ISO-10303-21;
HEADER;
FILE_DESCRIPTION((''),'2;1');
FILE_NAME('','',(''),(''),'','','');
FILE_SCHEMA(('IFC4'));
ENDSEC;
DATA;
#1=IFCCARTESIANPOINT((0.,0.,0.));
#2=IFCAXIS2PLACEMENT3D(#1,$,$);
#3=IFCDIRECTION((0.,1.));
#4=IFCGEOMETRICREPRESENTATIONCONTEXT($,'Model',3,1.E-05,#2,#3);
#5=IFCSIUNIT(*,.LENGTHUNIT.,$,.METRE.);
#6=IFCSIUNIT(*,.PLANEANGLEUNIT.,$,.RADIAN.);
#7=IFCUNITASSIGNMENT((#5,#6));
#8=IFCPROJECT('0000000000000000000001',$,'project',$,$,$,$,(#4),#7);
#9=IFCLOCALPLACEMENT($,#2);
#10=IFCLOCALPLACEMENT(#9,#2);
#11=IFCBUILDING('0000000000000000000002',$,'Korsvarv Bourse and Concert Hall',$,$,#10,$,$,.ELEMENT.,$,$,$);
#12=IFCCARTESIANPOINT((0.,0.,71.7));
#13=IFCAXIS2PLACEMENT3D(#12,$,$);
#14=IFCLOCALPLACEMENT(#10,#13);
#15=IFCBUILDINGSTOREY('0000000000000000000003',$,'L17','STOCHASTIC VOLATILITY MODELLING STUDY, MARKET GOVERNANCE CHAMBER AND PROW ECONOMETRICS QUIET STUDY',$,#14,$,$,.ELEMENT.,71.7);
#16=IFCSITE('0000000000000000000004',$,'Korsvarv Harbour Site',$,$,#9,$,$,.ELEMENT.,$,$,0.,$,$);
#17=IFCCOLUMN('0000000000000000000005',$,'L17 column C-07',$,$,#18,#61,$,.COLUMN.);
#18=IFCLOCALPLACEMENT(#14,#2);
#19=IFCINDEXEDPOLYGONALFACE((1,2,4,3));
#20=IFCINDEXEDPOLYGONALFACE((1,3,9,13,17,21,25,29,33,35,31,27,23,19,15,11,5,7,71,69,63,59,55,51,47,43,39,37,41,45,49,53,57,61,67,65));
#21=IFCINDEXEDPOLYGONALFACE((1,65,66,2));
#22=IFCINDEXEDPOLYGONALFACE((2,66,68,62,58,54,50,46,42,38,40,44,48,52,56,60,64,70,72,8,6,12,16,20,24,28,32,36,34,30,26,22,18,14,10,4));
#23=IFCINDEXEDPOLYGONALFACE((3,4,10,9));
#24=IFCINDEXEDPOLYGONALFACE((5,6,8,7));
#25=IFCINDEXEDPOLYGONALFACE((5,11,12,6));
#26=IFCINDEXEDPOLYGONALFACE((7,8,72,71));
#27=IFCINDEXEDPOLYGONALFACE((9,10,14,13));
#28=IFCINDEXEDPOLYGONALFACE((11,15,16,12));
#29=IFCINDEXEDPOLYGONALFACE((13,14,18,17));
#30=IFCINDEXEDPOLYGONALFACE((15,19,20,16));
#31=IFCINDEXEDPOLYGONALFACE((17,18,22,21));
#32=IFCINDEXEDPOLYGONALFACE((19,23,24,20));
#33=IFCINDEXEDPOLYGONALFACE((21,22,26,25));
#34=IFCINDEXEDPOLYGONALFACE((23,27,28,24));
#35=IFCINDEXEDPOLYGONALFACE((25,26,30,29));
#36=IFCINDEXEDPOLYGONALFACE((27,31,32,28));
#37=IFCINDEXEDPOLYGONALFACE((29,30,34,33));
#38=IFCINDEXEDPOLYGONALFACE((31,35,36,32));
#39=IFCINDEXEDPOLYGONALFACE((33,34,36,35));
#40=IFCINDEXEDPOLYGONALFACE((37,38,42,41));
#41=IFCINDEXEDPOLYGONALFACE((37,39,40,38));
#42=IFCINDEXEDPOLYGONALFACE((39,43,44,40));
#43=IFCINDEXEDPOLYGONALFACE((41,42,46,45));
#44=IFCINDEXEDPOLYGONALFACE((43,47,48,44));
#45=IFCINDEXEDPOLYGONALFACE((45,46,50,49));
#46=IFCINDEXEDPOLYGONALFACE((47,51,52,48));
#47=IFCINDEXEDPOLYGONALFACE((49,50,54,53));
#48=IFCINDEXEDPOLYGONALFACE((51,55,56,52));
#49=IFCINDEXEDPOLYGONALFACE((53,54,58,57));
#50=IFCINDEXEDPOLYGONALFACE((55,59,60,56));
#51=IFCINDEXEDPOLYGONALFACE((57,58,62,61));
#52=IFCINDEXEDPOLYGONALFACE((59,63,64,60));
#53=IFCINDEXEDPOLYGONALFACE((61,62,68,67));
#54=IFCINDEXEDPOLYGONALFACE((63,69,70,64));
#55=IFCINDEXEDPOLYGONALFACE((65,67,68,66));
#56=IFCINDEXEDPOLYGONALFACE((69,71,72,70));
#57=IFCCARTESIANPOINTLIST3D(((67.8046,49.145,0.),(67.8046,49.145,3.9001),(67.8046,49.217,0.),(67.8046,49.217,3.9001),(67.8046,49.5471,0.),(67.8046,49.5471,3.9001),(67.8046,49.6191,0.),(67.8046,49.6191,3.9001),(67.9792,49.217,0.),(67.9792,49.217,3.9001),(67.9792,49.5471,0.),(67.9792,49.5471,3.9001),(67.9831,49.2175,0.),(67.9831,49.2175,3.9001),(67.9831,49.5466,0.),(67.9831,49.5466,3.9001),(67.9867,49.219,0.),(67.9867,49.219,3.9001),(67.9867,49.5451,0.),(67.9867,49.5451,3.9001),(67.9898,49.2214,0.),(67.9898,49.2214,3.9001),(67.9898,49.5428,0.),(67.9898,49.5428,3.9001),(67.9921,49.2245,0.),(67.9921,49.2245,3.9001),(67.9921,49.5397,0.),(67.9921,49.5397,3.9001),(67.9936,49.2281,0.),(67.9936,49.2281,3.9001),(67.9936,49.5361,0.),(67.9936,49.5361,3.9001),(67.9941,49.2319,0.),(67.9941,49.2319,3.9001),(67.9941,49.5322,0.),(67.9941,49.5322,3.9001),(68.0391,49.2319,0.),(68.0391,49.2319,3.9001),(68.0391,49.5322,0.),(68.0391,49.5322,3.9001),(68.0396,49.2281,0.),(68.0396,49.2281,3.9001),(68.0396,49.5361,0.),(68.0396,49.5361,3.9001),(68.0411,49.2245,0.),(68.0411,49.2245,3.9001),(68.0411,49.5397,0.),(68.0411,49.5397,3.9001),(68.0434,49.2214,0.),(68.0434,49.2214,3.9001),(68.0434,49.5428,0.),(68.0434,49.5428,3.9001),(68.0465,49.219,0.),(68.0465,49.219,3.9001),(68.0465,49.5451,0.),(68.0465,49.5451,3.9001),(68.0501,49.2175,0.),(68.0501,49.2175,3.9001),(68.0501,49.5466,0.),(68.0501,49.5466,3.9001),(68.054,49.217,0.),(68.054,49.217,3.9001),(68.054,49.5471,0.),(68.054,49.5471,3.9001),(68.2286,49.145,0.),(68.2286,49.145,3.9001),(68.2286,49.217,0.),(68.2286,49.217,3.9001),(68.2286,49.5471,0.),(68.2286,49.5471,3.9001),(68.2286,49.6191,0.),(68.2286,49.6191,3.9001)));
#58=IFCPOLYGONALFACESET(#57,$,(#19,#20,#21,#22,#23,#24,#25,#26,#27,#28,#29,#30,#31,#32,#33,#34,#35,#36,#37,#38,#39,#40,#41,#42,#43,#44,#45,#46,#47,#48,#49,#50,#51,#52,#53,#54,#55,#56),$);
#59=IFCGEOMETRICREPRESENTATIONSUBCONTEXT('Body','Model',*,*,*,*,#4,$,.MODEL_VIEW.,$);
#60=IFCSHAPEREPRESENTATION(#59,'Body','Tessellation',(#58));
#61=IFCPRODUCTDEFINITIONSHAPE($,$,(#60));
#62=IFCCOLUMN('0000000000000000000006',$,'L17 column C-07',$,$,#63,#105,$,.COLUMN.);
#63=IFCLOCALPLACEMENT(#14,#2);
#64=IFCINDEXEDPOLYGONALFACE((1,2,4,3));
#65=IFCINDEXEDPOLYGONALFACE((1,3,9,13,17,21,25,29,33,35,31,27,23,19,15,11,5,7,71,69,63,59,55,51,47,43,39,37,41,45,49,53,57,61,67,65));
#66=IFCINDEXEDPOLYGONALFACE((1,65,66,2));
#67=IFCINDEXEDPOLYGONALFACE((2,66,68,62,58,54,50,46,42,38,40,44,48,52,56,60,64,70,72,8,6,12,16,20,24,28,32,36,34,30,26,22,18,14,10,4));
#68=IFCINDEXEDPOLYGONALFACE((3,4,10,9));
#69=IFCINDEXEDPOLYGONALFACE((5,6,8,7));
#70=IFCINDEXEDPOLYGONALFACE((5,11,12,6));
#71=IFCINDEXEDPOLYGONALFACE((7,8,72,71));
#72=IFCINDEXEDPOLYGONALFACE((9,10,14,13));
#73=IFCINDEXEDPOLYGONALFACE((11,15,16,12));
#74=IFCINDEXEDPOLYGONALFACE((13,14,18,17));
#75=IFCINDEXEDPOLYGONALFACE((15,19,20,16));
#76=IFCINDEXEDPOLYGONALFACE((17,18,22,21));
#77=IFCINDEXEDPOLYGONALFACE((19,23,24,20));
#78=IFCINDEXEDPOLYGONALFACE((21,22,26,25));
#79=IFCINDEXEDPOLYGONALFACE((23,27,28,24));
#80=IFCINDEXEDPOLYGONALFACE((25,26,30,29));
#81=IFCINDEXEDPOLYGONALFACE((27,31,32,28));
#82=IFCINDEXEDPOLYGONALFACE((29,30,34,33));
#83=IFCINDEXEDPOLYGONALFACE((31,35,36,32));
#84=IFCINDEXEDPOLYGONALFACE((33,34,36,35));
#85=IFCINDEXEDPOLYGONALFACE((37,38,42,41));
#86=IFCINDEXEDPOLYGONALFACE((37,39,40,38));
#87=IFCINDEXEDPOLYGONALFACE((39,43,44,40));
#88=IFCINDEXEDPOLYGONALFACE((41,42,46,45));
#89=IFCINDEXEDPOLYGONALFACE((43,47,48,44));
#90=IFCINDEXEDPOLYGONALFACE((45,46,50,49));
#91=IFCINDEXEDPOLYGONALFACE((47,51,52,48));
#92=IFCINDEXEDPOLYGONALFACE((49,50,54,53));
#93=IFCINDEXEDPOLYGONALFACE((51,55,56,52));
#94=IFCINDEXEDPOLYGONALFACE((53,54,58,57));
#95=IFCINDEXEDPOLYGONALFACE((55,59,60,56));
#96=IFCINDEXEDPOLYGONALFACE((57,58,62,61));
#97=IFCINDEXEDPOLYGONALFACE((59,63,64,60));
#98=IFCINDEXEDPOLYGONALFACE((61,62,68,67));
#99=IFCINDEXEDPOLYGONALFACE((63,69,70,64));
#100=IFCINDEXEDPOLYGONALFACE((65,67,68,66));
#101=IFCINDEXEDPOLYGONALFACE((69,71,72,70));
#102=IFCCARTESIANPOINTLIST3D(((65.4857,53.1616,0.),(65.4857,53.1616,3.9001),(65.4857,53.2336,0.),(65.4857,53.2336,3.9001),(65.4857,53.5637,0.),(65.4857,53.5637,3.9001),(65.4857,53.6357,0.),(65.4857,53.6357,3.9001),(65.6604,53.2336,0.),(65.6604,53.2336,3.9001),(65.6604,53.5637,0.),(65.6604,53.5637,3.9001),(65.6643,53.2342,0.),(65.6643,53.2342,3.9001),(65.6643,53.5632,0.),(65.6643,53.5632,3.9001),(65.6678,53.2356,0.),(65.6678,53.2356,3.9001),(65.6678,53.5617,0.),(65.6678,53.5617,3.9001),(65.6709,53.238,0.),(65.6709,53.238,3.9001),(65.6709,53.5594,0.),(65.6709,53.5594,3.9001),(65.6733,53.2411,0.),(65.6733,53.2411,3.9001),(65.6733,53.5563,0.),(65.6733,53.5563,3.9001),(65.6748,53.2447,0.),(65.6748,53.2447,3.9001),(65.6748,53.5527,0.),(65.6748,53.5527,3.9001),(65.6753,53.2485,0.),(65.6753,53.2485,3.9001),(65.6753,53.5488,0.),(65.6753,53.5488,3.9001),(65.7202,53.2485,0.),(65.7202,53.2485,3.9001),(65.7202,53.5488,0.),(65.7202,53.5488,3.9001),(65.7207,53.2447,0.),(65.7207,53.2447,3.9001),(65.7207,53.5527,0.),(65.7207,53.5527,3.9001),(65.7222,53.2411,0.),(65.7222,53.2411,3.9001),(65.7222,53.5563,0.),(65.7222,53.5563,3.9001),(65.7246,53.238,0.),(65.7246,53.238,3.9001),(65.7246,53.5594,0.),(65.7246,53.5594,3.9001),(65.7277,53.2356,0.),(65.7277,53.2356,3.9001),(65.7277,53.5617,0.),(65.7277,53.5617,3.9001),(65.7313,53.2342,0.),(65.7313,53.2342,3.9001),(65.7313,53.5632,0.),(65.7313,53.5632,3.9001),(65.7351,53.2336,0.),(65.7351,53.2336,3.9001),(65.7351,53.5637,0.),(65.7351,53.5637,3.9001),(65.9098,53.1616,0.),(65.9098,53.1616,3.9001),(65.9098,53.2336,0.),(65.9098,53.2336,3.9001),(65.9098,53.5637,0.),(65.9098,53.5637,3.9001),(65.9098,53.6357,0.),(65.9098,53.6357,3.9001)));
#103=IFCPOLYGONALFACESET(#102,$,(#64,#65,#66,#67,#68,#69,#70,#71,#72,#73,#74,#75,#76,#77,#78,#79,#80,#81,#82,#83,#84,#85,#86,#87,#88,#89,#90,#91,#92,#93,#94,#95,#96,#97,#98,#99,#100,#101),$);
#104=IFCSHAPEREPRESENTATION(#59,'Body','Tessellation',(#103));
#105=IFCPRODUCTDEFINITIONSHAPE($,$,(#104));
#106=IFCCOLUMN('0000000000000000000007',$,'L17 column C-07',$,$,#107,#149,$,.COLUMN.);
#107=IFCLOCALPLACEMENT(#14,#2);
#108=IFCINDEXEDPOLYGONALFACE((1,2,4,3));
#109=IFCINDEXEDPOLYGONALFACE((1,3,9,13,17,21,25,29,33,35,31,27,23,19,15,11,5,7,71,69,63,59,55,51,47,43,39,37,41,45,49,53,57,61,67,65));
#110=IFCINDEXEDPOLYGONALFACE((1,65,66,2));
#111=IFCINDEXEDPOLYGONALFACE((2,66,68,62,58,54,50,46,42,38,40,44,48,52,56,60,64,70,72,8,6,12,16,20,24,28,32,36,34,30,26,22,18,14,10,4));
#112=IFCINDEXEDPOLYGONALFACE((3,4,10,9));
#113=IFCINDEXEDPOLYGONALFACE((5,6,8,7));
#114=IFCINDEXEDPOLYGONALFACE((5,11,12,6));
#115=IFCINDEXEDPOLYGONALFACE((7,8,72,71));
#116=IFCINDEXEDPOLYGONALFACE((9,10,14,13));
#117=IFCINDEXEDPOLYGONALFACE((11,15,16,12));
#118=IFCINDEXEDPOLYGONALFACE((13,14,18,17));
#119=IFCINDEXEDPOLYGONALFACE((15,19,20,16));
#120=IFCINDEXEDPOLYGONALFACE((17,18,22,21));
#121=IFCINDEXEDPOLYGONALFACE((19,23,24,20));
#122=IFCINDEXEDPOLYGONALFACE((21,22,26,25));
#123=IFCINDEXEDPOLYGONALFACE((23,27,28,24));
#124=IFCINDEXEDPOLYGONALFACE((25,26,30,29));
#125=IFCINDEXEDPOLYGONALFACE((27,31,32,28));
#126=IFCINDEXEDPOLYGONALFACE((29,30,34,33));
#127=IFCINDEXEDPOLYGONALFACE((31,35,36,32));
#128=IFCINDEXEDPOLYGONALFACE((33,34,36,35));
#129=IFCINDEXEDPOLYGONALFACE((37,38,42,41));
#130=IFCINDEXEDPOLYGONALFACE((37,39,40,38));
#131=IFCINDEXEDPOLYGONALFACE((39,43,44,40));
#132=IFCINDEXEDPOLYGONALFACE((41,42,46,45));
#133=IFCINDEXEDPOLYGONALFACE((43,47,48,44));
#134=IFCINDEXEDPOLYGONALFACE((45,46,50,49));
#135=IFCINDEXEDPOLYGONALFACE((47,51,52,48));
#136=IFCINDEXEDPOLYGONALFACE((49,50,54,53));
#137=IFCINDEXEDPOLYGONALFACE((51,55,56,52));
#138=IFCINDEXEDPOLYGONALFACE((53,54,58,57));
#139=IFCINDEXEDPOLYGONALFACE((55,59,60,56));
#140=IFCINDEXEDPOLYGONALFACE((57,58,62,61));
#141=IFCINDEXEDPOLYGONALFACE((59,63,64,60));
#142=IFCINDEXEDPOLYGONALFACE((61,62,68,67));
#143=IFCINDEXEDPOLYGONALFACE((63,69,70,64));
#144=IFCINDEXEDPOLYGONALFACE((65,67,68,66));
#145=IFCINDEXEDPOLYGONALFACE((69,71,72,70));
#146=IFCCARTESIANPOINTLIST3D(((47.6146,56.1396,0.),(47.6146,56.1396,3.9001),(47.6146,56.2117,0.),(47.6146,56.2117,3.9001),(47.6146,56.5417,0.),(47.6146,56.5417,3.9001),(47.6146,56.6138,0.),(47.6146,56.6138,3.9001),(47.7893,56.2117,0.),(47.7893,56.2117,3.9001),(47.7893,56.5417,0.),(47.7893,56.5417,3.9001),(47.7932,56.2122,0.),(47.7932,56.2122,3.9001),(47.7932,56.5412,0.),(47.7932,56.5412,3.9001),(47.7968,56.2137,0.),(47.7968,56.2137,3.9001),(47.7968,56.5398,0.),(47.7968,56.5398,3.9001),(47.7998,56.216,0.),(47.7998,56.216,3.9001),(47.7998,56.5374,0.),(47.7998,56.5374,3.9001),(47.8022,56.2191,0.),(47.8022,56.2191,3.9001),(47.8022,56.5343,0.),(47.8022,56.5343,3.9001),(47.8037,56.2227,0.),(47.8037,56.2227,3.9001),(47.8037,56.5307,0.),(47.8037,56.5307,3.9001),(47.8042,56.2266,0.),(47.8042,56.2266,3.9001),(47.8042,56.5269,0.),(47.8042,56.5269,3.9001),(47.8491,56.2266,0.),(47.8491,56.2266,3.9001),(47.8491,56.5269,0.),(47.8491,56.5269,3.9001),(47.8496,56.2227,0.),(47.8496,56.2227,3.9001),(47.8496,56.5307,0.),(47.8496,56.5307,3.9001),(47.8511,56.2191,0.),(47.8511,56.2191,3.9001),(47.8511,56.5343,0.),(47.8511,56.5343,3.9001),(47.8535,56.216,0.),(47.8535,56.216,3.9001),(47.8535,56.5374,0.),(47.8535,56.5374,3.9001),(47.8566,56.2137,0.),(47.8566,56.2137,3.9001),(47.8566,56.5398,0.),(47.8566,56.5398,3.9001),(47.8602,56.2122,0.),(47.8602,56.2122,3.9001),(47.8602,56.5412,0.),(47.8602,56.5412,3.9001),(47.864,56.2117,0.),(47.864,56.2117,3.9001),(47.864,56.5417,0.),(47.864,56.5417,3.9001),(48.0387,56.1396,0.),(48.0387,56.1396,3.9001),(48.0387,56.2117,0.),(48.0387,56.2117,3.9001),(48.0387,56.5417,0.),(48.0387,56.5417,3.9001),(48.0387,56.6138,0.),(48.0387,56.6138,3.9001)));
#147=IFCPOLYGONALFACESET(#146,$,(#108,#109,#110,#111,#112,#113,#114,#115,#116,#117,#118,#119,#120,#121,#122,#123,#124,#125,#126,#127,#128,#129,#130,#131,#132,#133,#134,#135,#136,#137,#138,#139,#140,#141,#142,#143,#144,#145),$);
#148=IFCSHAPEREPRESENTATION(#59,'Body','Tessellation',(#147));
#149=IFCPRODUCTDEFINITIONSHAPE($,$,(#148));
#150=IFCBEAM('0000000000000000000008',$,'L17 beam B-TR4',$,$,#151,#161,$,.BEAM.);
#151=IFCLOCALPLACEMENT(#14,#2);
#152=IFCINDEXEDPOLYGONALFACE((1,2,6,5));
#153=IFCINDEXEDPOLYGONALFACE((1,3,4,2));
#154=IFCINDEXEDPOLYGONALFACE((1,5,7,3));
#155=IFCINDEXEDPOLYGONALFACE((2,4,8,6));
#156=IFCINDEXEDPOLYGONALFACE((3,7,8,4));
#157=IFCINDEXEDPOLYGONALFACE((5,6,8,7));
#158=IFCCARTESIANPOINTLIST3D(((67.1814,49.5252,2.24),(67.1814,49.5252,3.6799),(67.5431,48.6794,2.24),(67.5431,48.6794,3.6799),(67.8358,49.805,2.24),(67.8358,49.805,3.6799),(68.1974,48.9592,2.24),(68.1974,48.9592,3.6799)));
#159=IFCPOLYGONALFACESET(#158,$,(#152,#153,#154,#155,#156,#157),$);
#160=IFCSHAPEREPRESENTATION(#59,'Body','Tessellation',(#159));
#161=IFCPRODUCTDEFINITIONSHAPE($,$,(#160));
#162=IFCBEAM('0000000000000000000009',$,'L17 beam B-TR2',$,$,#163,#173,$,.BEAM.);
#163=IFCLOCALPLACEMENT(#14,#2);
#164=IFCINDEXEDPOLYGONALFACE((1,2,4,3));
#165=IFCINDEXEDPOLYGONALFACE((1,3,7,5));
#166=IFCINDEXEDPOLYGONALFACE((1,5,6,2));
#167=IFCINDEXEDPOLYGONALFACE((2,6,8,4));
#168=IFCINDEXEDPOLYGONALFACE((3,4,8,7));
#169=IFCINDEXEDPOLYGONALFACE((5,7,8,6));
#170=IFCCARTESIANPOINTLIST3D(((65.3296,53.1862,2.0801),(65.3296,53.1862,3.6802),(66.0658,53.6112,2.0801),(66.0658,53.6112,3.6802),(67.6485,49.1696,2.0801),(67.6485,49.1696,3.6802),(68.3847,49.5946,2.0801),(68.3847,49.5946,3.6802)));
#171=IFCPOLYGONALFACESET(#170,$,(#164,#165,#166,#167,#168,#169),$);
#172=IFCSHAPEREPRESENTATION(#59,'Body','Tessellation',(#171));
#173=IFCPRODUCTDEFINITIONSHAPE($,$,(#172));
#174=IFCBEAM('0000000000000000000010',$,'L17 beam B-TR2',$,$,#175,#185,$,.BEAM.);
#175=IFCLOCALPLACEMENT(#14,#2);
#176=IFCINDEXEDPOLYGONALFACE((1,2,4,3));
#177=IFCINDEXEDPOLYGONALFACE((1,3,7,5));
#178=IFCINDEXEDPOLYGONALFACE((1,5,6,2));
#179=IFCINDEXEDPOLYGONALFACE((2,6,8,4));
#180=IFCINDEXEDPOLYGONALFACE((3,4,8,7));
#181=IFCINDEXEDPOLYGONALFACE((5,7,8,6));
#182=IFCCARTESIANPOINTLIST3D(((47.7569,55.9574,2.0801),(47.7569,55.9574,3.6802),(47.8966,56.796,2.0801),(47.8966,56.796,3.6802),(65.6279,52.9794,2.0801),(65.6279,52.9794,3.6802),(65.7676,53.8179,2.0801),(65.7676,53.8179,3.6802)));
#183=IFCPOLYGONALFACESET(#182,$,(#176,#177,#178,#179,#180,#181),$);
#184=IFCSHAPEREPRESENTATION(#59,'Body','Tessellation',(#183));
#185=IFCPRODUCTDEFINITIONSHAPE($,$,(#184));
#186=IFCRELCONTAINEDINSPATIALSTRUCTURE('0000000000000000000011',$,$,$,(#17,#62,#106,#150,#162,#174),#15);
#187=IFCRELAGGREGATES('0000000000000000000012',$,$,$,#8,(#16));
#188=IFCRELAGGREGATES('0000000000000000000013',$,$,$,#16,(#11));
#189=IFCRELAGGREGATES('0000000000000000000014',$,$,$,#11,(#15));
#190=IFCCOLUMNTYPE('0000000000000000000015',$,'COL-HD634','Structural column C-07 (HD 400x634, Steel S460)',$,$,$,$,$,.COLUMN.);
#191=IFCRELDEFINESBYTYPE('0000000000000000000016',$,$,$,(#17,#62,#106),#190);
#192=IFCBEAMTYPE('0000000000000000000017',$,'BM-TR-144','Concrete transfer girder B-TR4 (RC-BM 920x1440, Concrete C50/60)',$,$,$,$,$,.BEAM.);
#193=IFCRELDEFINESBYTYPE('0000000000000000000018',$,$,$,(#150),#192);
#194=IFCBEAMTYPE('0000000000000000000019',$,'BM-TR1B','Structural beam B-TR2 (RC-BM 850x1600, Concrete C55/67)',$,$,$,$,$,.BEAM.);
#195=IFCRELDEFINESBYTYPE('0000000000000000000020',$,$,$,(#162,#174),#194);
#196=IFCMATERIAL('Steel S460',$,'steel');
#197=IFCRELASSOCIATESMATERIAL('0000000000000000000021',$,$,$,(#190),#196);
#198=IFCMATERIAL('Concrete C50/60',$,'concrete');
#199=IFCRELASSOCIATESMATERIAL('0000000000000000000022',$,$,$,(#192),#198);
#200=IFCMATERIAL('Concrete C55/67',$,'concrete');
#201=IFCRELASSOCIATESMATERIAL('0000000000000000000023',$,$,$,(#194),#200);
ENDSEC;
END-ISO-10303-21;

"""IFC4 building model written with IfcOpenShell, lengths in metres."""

from ifc_helpers import new_model, si_unit, direction, frame, origin, origin_2d, place, context, subcontext, project, spatial, rectangle, i_section, extrude, source, transform, mapped, material, material_profile, profile_set, type_object, element, save


model = new_model("IFC4")

# Units and contexts
model_context = context("Model", 3, precision=1e-05, world=origin(), true_north=direction((0.0, 1.0)))
body_context = subcontext(model_context, "Body", "Model", "MODEL_VIEW")
ifc_project = project(units=[si_unit("LENGTHUNIT", "METRE"), si_unit("PLANEANGLEUNIT", "RADIAN")], contexts=[model_context])

# Site, building, storey
site_placement = place(None, origin())
site = spatial("IfcSite", under=ifc_project, at=site_placement, Name="Korsvarv Harbour Site", CompositionType="ELEMENT", RefElevation=0.0)
building_placement = place(site_placement, origin())
building = spatial("IfcBuilding", under=site, at=building_placement, Name="Korsvarv Bourse and Concert Hall", CompositionType="ELEMENT")
storey_placement = place(building_placement, frame((0.0, 0.0, 71.7)))
storey = spatial("IfcBuildingStorey", under=building, at=storey_placement, Name="L17", Description="STOCHASTIC VOLATILITY MODELLING STUDY, MARKET GOVERNANCE CHAMBER AND PROW ECONOMETRICS QUIET STUDY", CompositionType="ELEMENT", Elevation=71.7)

# Columns
ifc_material_1 = material(Name="Steel S460", Category="steel")
ifc_material_profile_1 = material_profile(ifc_material_1, i_section(OverallWidth=0.4241, OverallDepth=0.4741, WebThickness=0.0449, FlangeThickness=0.072, FilletRadius=0.0149, at=origin_2d()), Name="HD 400x634")
ifc_profile_set_1 = profile_set([ifc_material_profile_1], Name="Steel S460")
column_type = type_object("IfcColumnType", Name="COL-HD634", Description="Structural column C-07 (HD 400x634, Steel S460)", PredefinedType="COLUMN", material=ifc_profile_set_1)
shared_shape_1 = source(origin(), body_context, "Body", "SweptSolid", [
    extrude(i_section(OverallWidth=0.4241, OverallDepth=0.4741, WebThickness=0.0449, FlangeThickness=0.072, FilletRadius=0.0149, at=origin_2d()), origin(), (0.0, 0.0, 1.0), 3.9001),
])
for number, where, z_axis, x_axis, name in (
    (1, (68.0166, 49.3821, 0.0), (0.0, 0.0, 1.0), (1.0, 0.0, 0.0), "L17 column C-07"),
    (2, (65.6978, 53.3987, 0.0), (0.0, 0.0, 1.0), (1.0, 0.0, 0.0), "L17 column C-07"),
    (3, (47.8267, 56.3767, 0.0), (0.0, 0.0, 1.0), (1.0, 0.0, 0.0), "L17 column C-07"),
):
    element("IfcColumn", number, at=place(storey_placement, frame(where, z_axis=z_axis, x_axis=x_axis)), inside=storey, type_object=column_type, Name=name, PredefinedType="COLUMN", context=body_context, shape_type="MappedRepresentation", body=[
        mapped(shared_shape_1, transform((0.0, 0.0, 0.0), scale=1.0)),
    ])

# Beams
ifc_material_2 = material(Name="Concrete C50/60", Category="concrete")
ifc_material_profile_2 = material_profile(ifc_material_2, rectangle(XDim=0.9199, YDim=1.4399, at=origin_2d()), Name="RC-BM 920x1440")
ifc_profile_set_2 = profile_set([ifc_material_profile_2], Name="Concrete C50/60")
beam_type_1 = type_object("IfcBeamType", Name="BM-TR-144", Description="Concrete transfer girder B-TR4 (RC-BM 920x1440, Concrete C50/60)", PredefinedType="BEAM", material=ifc_profile_set_2)
shared_shape_2 = source(origin(), body_context, "Body", "SweptSolid", [
    extrude(rectangle(XDim=0.9199, YDim=1.4399, at=origin_2d()), origin(), (0.0, 0.0, 1.0), 0.7117),
])
beam_1_placement = place(storey_placement, frame((68.0166, 49.3821, 2.96), z_axis=(-0.919464, -0.393174, 0.0), x_axis=(0.393174, -0.919464, 0.0)))
element("IfcBeam", 4, at=beam_1_placement, inside=storey, type_object=beam_type_1, Name="L17 beam B-TR4", PredefinedType="BEAM", context=body_context, shape_type="MappedRepresentation", body=[
    mapped(shared_shape_2, transform((0.0, 0.0, 0.0), scale=1.0)),
])
ifc_material_3 = material(Name="Concrete C55/67", Category="concrete")
ifc_material_profile_3 = material_profile(ifc_material_3, rectangle(XDim=0.8501, YDim=1.6001, at=origin_2d()), Name="RC-BM 850x1600")
ifc_profile_set_3 = profile_set([ifc_material_profile_3], Name="Concrete C55/67")
beam_type_2 = type_object("IfcBeamType", Name="BM-TR1B", Description="Structural beam B-TR2 (RC-BM 850x1600, Concrete C55/67)", PredefinedType="BEAM", material=ifc_profile_set_3)
shared_shape_3 = source(origin(), body_context, "Body", "SweptSolid", [
    extrude(rectangle(XDim=0.8501, YDim=1.6001, at=origin_2d()), origin(), (0.0, 0.0, 1.0), 4.6379),
])
beam_2_placement = place(storey_placement, frame((68.0166, 49.3821, 2.8801), z_axis=(-0.499978, 0.866038, 0.0), x_axis=(-0.866038, -0.499978, 0.0)))
element("IfcBeam", 5, at=beam_2_placement, inside=storey, type_object=beam_type_2, Name="L17 beam B-TR2", PredefinedType="BEAM", context=body_context, shape_type="MappedRepresentation", body=[
    mapped(shared_shape_3, transform((0.0, 0.0, 0.0), scale=1.0)),
])
shared_shape_4 = source(origin(), body_context, "Body", "SweptSolid", [
    extrude(rectangle(XDim=0.8501, YDim=1.6001, at=origin_2d()), origin(), (0.0, 0.0, 1.0), 18.1174),
])
beam_3_placement = place(storey_placement, frame((65.6978, 53.3987, 2.8801), z_axis=(-0.986398, 0.164373, 0.0), x_axis=(-0.164373, -0.986398, 0.0)))
element("IfcBeam", 6, at=beam_3_placement, inside=storey, type_object=beam_type_2, Name="L17 beam B-TR2", PredefinedType="BEAM", context=body_context, shape_type="MappedRepresentation", body=[
    mapped(shared_shape_4, transform((0.0, 0.0, 0.0), scale=1.0)),
])

save(model, "model.ifc")
